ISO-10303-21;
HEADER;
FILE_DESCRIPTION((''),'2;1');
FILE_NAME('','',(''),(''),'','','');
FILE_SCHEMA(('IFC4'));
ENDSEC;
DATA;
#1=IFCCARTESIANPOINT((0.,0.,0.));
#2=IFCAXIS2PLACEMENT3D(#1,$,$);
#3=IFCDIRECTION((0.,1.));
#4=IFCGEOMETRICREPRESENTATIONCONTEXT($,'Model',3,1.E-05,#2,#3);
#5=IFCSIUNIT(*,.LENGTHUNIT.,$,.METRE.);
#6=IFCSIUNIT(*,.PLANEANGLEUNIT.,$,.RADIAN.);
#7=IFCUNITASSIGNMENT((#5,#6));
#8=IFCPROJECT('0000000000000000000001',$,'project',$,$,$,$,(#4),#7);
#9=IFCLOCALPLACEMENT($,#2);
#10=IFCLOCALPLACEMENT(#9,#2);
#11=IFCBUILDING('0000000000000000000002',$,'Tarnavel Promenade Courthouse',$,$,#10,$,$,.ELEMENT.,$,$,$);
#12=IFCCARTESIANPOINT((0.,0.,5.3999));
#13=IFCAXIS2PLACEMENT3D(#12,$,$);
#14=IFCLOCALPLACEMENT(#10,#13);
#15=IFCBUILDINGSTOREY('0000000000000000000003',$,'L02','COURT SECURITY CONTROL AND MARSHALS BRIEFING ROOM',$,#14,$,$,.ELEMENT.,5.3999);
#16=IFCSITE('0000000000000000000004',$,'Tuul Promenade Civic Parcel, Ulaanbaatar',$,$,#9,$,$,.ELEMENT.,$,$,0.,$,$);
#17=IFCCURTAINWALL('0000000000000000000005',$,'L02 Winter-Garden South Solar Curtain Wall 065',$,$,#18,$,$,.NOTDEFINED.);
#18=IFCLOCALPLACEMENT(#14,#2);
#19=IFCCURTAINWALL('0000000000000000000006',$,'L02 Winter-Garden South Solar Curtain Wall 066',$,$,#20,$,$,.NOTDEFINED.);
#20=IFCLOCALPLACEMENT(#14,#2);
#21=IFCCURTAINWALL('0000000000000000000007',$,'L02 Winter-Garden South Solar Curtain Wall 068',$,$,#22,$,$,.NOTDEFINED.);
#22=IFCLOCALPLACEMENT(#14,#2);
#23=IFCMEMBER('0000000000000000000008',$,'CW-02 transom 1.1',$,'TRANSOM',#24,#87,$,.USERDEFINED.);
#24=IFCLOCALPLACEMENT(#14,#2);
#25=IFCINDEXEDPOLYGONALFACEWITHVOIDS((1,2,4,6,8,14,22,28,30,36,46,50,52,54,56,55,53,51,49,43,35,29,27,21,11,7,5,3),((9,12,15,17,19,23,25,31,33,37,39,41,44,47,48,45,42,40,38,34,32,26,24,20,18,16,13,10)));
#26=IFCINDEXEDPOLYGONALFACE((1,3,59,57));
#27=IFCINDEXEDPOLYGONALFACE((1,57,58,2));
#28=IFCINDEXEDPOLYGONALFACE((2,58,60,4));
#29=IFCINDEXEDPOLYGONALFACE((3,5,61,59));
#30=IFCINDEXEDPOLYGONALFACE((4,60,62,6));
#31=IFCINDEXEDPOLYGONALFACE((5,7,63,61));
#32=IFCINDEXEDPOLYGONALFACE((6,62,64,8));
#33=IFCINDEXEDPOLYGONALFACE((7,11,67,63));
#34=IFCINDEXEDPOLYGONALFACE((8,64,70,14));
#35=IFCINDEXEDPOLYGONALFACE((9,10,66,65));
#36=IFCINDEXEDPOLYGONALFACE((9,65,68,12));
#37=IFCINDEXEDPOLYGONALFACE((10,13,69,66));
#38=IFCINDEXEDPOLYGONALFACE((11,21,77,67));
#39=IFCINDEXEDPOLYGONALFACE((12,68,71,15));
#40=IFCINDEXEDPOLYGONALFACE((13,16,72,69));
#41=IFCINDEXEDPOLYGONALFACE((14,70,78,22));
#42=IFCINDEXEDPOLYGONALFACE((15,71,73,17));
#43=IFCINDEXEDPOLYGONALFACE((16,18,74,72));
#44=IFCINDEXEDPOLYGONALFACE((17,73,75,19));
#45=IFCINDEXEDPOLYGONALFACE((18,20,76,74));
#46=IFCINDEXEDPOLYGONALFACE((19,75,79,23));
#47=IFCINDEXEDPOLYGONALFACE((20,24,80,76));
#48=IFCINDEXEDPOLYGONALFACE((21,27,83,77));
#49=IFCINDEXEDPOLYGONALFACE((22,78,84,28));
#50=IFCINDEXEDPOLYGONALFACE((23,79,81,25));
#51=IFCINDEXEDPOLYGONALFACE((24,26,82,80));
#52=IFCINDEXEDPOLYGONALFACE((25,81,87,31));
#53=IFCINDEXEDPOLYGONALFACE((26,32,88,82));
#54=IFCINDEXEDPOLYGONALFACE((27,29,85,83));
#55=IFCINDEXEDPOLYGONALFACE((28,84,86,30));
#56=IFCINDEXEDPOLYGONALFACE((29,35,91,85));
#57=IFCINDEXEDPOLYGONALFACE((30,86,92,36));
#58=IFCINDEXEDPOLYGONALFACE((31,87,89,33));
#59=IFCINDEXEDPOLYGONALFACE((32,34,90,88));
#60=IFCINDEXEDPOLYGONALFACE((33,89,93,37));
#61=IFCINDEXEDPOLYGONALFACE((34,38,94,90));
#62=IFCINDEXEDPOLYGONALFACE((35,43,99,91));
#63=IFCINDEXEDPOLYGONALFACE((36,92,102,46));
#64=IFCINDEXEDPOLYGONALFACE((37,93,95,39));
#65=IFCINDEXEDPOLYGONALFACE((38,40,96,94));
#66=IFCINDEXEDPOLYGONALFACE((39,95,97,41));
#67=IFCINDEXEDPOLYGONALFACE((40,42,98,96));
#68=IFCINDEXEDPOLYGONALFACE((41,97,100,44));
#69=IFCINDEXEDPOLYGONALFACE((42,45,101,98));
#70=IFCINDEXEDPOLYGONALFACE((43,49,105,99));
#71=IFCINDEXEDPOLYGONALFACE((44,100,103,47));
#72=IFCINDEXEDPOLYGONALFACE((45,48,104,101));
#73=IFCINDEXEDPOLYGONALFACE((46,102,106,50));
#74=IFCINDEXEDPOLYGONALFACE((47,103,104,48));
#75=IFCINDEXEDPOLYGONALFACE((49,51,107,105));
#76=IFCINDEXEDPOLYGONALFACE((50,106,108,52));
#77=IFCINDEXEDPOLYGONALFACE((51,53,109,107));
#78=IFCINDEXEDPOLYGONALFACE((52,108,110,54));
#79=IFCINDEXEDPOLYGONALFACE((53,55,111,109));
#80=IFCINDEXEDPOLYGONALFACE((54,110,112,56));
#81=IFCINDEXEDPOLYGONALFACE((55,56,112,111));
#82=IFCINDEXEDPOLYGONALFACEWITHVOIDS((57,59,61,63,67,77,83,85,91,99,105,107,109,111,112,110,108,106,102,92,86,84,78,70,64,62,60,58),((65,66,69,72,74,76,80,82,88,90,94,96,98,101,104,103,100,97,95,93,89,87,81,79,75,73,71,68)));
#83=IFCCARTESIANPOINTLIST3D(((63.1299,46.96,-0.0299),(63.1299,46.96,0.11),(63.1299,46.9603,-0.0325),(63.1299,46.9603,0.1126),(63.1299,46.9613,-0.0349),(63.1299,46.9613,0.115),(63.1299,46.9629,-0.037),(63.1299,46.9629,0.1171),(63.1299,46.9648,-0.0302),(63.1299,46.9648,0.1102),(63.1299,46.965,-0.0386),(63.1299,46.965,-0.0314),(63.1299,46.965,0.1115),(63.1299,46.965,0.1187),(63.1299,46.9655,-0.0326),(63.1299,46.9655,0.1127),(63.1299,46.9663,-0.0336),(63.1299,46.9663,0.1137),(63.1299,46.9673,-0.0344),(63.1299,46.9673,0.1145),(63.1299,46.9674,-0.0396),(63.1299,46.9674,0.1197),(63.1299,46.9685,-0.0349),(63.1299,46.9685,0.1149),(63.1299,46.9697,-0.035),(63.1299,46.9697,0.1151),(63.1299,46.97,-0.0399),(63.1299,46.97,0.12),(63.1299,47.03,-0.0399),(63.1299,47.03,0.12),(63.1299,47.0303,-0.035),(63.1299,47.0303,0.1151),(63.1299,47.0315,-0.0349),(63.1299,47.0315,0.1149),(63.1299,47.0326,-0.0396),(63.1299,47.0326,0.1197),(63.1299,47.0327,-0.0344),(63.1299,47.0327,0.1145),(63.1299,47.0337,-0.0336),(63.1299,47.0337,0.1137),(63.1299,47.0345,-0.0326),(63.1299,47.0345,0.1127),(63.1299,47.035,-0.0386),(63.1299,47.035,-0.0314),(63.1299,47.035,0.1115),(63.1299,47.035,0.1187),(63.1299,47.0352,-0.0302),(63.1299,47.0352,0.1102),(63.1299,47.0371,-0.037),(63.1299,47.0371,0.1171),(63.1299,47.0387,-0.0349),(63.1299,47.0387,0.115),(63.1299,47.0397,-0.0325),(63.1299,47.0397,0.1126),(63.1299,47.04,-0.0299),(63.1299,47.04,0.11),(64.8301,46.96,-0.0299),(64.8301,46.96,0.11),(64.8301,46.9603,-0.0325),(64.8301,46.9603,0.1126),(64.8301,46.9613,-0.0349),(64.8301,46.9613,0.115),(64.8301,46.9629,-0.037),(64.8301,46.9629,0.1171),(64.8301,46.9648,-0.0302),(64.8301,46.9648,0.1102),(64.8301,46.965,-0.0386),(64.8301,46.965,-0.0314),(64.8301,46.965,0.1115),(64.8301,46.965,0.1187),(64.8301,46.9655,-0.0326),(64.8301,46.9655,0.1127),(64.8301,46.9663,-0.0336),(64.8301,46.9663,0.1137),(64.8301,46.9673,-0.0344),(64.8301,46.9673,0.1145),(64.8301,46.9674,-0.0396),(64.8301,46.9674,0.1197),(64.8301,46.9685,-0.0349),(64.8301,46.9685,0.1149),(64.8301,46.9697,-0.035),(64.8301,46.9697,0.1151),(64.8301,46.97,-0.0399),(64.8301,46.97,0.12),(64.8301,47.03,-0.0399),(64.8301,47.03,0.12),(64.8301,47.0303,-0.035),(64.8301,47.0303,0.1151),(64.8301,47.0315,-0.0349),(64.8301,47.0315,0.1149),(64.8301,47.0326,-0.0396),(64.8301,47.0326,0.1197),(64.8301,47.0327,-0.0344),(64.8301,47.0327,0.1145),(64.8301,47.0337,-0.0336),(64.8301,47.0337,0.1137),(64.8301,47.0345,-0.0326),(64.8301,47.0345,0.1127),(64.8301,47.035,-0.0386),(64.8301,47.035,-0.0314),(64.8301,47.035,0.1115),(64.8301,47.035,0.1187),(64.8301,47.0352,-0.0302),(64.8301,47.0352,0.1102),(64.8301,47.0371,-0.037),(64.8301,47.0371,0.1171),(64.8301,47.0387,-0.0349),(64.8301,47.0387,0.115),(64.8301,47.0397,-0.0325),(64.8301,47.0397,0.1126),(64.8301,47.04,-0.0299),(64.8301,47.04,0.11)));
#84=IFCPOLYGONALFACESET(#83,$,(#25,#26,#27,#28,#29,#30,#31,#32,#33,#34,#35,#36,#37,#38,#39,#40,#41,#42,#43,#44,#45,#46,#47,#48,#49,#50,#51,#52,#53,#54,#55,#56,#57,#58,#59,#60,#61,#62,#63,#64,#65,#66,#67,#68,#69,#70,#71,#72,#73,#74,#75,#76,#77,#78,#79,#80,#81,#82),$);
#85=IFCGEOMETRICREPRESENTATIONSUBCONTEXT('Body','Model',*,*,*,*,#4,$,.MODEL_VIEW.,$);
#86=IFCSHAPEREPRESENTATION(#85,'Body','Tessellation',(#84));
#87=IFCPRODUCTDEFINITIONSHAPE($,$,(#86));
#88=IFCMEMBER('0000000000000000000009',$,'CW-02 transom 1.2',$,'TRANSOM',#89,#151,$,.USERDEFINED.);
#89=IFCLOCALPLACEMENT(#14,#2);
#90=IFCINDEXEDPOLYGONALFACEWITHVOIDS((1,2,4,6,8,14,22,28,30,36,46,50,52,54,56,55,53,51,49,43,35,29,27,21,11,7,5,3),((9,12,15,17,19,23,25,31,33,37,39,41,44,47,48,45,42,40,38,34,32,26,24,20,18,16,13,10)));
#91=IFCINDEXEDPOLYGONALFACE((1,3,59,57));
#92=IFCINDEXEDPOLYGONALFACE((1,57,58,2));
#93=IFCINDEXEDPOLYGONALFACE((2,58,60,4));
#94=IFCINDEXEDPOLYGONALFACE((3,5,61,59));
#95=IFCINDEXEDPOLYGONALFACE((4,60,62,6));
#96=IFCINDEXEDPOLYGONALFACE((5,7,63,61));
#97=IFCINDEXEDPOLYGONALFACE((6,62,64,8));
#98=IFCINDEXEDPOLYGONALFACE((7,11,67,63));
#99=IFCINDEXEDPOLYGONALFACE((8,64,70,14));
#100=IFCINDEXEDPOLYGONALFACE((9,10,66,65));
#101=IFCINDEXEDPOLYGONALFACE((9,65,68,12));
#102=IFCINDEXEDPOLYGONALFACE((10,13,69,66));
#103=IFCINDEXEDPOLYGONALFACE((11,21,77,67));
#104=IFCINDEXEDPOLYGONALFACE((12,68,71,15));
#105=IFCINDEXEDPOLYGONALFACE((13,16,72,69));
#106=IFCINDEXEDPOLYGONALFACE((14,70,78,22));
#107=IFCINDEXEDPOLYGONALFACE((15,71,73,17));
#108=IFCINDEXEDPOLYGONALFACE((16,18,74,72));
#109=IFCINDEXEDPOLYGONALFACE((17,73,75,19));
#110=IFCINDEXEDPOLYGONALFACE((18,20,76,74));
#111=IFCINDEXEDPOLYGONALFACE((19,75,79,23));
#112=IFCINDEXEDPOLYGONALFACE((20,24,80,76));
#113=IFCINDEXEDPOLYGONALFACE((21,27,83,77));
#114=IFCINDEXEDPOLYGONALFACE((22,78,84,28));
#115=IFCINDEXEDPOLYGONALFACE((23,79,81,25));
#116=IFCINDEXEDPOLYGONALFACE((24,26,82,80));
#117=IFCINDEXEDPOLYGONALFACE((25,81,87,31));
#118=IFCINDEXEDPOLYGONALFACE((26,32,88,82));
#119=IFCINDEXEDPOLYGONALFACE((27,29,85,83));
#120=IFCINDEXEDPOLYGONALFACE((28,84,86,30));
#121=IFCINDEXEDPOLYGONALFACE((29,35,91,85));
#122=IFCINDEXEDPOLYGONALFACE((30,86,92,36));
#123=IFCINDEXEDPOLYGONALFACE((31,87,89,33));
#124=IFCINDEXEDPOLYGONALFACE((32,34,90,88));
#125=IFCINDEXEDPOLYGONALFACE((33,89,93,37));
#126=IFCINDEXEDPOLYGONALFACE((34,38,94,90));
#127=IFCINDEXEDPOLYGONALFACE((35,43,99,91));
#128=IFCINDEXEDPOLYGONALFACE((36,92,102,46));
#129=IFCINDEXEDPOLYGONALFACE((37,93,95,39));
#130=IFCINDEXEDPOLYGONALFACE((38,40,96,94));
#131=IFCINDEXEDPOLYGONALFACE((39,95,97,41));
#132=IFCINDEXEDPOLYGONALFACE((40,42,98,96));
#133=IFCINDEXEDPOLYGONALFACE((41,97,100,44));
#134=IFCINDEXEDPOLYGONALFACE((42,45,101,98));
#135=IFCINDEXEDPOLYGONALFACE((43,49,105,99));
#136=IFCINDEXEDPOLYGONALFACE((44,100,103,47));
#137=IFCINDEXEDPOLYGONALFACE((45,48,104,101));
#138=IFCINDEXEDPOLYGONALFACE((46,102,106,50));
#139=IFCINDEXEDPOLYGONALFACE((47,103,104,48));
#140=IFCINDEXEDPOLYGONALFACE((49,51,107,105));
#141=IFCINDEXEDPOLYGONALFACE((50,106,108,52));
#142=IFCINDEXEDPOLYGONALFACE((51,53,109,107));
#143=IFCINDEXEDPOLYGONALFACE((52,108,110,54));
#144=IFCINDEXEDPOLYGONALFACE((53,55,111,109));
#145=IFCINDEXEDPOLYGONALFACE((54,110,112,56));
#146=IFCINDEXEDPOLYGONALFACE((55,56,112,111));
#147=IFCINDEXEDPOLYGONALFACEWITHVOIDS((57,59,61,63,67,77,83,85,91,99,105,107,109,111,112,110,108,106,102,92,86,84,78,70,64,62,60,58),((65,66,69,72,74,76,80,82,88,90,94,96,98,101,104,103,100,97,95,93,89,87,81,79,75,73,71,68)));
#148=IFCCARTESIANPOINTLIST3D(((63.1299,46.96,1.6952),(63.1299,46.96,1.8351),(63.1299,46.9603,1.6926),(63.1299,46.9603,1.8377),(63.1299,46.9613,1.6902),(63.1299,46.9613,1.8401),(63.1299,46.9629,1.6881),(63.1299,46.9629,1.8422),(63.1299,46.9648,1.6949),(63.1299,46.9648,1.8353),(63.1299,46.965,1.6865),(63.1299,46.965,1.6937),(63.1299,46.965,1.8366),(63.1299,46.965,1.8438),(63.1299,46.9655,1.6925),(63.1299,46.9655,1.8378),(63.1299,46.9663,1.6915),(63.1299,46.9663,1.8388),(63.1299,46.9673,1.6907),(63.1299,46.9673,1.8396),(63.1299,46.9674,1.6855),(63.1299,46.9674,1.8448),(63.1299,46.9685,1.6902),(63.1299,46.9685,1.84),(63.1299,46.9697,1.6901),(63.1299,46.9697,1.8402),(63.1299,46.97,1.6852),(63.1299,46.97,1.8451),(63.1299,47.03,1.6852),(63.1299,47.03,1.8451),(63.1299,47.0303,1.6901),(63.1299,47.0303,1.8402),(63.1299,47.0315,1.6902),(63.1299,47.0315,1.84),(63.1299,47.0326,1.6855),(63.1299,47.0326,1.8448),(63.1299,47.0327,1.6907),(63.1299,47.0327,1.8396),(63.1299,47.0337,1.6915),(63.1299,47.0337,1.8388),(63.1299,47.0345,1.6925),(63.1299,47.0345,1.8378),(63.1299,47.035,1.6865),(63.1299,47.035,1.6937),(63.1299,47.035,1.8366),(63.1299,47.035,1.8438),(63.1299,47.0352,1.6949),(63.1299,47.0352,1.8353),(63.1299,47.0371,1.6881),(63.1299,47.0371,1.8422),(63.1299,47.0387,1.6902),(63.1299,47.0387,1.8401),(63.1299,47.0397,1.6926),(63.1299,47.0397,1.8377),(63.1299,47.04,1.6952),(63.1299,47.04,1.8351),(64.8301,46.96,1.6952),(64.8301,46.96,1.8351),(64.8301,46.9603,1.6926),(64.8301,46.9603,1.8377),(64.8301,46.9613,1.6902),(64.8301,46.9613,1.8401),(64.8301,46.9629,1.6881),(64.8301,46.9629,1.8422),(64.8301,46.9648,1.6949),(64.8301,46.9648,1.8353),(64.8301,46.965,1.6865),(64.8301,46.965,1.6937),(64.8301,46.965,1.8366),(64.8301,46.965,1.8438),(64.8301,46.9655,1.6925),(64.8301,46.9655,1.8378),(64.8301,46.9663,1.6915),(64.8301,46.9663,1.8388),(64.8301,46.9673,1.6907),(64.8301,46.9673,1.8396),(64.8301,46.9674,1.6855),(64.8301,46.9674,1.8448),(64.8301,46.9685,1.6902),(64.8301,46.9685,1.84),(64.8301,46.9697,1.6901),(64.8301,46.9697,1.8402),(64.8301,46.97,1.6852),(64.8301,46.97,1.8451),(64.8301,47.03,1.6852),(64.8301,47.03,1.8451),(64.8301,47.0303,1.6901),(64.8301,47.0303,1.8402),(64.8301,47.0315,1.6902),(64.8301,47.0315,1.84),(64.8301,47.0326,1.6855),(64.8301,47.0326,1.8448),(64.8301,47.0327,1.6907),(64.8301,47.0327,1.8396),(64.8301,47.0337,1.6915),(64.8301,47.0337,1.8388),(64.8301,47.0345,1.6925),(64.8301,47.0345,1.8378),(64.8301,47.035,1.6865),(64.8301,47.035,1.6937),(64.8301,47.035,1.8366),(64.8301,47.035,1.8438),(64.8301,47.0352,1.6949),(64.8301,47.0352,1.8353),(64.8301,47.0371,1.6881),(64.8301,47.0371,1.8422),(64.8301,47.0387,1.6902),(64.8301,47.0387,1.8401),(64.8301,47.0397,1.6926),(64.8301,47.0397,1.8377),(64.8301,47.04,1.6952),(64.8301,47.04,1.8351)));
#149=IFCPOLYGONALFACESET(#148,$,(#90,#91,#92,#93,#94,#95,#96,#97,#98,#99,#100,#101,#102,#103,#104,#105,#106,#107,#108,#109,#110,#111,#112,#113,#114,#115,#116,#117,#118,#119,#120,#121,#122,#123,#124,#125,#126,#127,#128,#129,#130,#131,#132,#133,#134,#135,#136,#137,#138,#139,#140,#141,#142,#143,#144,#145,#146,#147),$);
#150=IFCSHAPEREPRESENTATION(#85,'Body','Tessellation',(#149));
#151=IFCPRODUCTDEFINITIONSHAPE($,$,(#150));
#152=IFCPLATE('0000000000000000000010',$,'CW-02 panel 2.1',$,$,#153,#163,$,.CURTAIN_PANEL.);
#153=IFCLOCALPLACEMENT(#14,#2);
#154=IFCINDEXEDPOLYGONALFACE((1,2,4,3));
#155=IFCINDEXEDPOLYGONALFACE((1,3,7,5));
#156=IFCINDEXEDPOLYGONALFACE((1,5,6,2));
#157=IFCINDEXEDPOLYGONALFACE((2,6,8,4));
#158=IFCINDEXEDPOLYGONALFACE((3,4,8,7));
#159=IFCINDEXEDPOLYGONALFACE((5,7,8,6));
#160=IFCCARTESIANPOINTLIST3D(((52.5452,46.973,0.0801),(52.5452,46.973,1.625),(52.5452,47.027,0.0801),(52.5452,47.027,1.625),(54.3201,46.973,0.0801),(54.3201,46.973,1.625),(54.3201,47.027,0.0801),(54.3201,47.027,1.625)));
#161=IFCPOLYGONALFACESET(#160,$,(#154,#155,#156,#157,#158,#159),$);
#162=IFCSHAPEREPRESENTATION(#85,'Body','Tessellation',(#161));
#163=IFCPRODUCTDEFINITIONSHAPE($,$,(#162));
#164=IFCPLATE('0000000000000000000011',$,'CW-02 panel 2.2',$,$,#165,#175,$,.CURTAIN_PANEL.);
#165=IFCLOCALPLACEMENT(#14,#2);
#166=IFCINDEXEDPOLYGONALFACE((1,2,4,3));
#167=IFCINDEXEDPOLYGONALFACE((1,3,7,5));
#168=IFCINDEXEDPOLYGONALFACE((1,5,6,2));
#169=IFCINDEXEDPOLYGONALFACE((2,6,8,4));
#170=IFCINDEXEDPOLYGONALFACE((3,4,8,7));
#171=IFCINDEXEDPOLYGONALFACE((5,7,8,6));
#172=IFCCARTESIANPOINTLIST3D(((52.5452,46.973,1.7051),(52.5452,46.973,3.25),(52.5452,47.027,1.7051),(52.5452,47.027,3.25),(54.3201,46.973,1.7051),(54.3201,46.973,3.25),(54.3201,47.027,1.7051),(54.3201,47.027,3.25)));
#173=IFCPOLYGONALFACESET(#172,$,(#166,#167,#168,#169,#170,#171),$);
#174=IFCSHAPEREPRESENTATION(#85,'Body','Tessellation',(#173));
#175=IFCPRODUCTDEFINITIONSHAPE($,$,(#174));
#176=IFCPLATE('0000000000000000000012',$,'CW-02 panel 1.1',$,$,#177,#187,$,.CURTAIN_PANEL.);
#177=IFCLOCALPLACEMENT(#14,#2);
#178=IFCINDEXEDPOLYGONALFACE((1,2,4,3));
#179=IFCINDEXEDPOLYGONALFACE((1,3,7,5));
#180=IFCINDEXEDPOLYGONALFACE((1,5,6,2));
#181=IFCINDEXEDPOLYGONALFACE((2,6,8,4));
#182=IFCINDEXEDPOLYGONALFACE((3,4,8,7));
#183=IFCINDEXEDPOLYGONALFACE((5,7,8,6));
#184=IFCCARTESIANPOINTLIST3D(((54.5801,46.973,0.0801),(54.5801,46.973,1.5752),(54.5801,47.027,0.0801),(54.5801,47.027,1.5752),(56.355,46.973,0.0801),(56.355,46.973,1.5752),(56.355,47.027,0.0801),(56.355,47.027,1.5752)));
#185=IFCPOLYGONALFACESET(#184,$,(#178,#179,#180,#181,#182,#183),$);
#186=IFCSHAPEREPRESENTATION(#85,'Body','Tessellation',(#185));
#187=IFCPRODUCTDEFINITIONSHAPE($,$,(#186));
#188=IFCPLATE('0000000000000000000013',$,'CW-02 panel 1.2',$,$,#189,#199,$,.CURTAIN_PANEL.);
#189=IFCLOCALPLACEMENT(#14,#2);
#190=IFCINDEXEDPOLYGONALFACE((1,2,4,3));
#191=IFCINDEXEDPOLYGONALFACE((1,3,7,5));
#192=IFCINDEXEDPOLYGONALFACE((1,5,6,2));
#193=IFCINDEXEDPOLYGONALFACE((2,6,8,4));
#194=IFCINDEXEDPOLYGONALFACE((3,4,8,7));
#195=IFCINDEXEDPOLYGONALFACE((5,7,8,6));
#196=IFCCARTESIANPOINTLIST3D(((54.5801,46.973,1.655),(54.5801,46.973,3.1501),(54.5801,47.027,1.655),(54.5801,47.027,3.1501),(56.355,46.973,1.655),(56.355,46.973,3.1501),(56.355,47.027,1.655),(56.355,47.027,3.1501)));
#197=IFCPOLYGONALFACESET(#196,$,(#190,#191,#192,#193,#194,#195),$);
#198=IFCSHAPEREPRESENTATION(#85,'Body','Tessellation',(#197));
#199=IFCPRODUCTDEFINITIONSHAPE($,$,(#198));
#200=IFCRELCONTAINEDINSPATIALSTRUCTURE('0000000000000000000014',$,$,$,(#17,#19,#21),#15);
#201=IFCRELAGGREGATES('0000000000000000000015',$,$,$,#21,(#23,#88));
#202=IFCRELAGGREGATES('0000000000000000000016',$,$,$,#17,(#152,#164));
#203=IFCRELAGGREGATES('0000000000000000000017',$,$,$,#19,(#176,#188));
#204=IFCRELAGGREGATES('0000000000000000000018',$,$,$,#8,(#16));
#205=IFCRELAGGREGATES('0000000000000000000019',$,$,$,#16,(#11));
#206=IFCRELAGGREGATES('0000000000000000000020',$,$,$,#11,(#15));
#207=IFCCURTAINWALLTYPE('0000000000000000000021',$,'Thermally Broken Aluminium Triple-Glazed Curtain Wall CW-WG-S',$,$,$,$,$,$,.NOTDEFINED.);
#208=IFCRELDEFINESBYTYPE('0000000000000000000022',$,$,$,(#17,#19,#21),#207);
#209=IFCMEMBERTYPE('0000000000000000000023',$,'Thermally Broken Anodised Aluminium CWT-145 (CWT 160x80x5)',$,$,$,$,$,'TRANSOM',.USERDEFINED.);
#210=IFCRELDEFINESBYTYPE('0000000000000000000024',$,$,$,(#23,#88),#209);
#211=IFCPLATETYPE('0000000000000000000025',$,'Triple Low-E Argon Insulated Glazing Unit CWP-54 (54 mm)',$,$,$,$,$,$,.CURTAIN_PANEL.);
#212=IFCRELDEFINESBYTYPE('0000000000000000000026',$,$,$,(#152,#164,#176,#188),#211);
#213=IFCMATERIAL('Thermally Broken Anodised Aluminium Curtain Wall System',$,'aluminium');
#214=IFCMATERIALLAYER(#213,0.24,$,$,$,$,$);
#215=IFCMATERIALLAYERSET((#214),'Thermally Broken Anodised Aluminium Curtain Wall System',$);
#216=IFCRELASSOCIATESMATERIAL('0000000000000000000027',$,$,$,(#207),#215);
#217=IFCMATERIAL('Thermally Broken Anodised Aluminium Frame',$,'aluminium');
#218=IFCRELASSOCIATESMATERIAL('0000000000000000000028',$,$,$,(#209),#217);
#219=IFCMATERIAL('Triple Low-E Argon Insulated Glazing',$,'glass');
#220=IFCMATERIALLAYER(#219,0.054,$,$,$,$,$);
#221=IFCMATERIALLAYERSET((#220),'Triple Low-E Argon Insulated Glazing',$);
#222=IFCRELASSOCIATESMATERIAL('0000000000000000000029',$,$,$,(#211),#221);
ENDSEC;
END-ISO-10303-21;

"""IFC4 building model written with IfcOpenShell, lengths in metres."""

from ifc_helpers import new_model, si_unit, direction, frame, origin, origin_2d, place, context, subcontext, project, spatial, rectangle, hollow_rectangle, extrude, material, layer, layer_set, material_profile, profile_set, type_object, element, aggregate, save


model = new_model("IFC4")

# Units and contexts
model_context = context("Model", 3, precision=1e-05, world=origin(), true_north=direction((0.0, 1.0)))
body_context = subcontext(model_context, "Body", "Model", "MODEL_VIEW")
ifc_project = project(units=[si_unit("LENGTHUNIT", "METRE"), si_unit("PLANEANGLEUNIT", "RADIAN")], contexts=[model_context])

# Site, building, storey
site_placement = place(None, origin())
site = spatial("IfcSite", under=ifc_project, at=site_placement, Name="Tuul Promenade Civic Parcel, Ulaanbaatar", CompositionType="ELEMENT", RefElevation=0.0)
building_placement = place(site_placement, origin())
building = spatial("IfcBuilding", under=site, at=building_placement, Name="Tarnavel Promenade Courthouse", CompositionType="ELEMENT")
storey_placement = place(building_placement, frame((0.0, 0.0, 5.3999)))
storey = spatial("IfcBuildingStorey", under=building, at=storey_placement, Name="L02", Description="COURT SECURITY CONTROL AND MARSHALS BRIEFING ROOM", CompositionType="ELEMENT", Elevation=5.3999)

# Curtain walls
ifc_material_1 = material(Name="Thermally Broken Anodised Aluminium Curtain Wall System", Category="aluminium")
ifc_layer_1 = layer(ifc_material_1, 0.24)
ifc_layer_set_1 = layer_set([ifc_layer_1], Name="Thermally Broken Anodised Aluminium Curtain Wall System")
curtain_wall_type = type_object("IfcCurtainWallType", Name="Thermally Broken Aluminium Triple-Glazed Curtain Wall CW-WG-S", PredefinedType="NOTDEFINED", material=ifc_layer_set_1)
curtain_wall_1_placement = place(storey_placement, origin())
curtain_wall_1 = element("IfcCurtainWall", 1, at=curtain_wall_1_placement, inside=storey, type_object=curtain_wall_type, Name="L02 Winter-Garden South Solar Curtain Wall 065", PredefinedType="NOTDEFINED")
ifc_material_2 = material(Name="Thermally Broken Anodised Aluminium Frame", Category="aluminium")
curtain_wall_2_placement = place(storey_placement, origin())
curtain_wall_2 = element("IfcCurtainWall", 2, at=curtain_wall_2_placement, inside=storey, type_object=curtain_wall_type, Name="L02 Winter-Garden South Solar Curtain Wall 066", PredefinedType="NOTDEFINED")

# Curtain wall
curtain_wall_3_placement = place(storey_placement, origin())
curtain_wall_3 = element("IfcCurtainWall", 3, at=curtain_wall_3_placement, inside=storey, type_object=curtain_wall_type, Name="L02 Winter-Garden South Solar Curtain Wall 068", PredefinedType="NOTDEFINED")

# Members
ifc_material_profile_1 = material_profile(ifc_material_2, hollow_rectangle(XDim=0.0801, YDim=0.1599, WallThickness=0.0049, InnerFilletRadius=0.0049, OuterFilletRadius=0.01, at=origin_2d()), Name="CWT 160x80x5")
ifc_profile_set_1 = profile_set([ifc_material_profile_1], Name="Thermally Broken Anodised Aluminium Frame")
member_type_1 = type_object("IfcMemberType", Name="Thermally Broken Anodised Aluminium CWT-145 (CWT 160x80x5)", ElementType="TRANSOM", PredefinedType="USERDEFINED", material=ifc_profile_set_1)
member_1_placement = place(storey_placement, frame((63.1299, 47.0, 0.04), z_axis=(1.0, 0.0, 0.0), x_axis=(0.0, 1.0, 0.0)))
member_1 = element("IfcMember", 4, at=member_1_placement, type_object=member_type_1, Name="CW-02 transom 1.1", ObjectType="TRANSOM", PredefinedType="USERDEFINED", context=body_context, shape_type="SweptSolid", body=[
    extrude(hollow_rectangle(XDim=0.0801, YDim=0.1599, WallThickness=0.0049, InnerFilletRadius=0.0049, OuterFilletRadius=0.01, at=origin_2d()), origin(), (0.0, 0.0, 1.0), 1.7002),
])
member_2_placement = place(storey_placement, frame((63.1299, 47.0, 1.7651), z_axis=(1.0, 0.0, 0.0), x_axis=(0.0, 1.0, 0.0)))
member_2 = element("IfcMember", 5, at=member_2_placement, type_object=member_type_1, Name="CW-02 transom 1.2", ObjectType="TRANSOM", PredefinedType="USERDEFINED", context=body_context, shape_type="SweptSolid", body=[
    extrude(hollow_rectangle(XDim=0.0801, YDim=0.1599, WallThickness=0.0049, InnerFilletRadius=0.0049, OuterFilletRadius=0.01, at=origin_2d()), origin(), (0.0, 0.0, 1.0), 1.7002),
])
aggregate(curtain_wall_3, [member_1, member_2])

# Plates
ifc_material_3 = material(Name="Triple Low-E Argon Insulated Glazing", Category="glass")
ifc_layer_2 = layer(ifc_material_3, 0.054)
ifc_layer_set_2 = layer_set([ifc_layer_2], Name="Triple Low-E Argon Insulated Glazing")
plate_type = type_object("IfcPlateType", Name="Triple Low-E Argon Insulated Glazing Unit CWP-54 (54 mm)", PredefinedType="CURTAIN_PANEL", material=ifc_layer_set_2)
plate_1_placement = place(storey_placement, frame((53.4326, 47.0, 0.0801), z_axis=(0.0, 0.0, 1.0), x_axis=(1.0, 0.0, 0.0)))
plate_1 = element("IfcPlate", 6, at=plate_1_placement, type_object=plate_type, Name="CW-02 panel 2.1", PredefinedType="CURTAIN_PANEL", context=body_context, shape_type="SweptSolid", body=[
    extrude(rectangle(XDim=1.7749, YDim=0.054, at=origin_2d()), origin(), (0.0, 0.0, 1.0), 1.5449),
])
plate_2_placement = place(storey_placement, frame((53.4326, 47.0, 1.7051), z_axis=(0.0, 0.0, 1.0), x_axis=(1.0, 0.0, 0.0)))
plate_2 = element("IfcPlate", 7, at=plate_2_placement, type_object=plate_type, Name="CW-02 panel 2.2", PredefinedType="CURTAIN_PANEL", context=body_context, shape_type="SweptSolid", body=[
    extrude(rectangle(XDim=1.7749, YDim=0.054, at=origin_2d()), origin(), (0.0, 0.0, 1.0), 1.5449),
])
aggregate(curtain_wall_1, [plate_1, plate_2])
plate_3_placement = place(storey_placement, frame((55.4675, 47.0, 0.0801), z_axis=(0.0, 0.0, 1.0), x_axis=(1.0, 0.0, 0.0)))
plate_3 = element("IfcPlate", 8, at=plate_3_placement, type_object=plate_type, Name="CW-02 panel 1.1", PredefinedType="CURTAIN_PANEL", context=body_context, shape_type="SweptSolid", body=[
    extrude(rectangle(XDim=1.7749, YDim=0.054, at=origin_2d()), origin(), (0.0, 0.0, 1.0), 1.4951),
])
plate_4_placement = place(storey_placement, frame((55.4675, 47.0, 1.655), z_axis=(0.0, 0.0, 1.0), x_axis=(1.0, 0.0, 0.0)))
plate_4 = element("IfcPlate", 9, at=plate_4_placement, type_object=plate_type, Name="CW-02 panel 1.2", PredefinedType="CURTAIN_PANEL", context=body_context, shape_type="SweptSolid", body=[
    extrude(rectangle(XDim=1.7749, YDim=0.054, at=origin_2d()), origin(), (0.0, 0.0, 1.0), 1.4951),
])
aggregate(curtain_wall_2, [plate_3, plate_4])

save(model, "model.ifc")
